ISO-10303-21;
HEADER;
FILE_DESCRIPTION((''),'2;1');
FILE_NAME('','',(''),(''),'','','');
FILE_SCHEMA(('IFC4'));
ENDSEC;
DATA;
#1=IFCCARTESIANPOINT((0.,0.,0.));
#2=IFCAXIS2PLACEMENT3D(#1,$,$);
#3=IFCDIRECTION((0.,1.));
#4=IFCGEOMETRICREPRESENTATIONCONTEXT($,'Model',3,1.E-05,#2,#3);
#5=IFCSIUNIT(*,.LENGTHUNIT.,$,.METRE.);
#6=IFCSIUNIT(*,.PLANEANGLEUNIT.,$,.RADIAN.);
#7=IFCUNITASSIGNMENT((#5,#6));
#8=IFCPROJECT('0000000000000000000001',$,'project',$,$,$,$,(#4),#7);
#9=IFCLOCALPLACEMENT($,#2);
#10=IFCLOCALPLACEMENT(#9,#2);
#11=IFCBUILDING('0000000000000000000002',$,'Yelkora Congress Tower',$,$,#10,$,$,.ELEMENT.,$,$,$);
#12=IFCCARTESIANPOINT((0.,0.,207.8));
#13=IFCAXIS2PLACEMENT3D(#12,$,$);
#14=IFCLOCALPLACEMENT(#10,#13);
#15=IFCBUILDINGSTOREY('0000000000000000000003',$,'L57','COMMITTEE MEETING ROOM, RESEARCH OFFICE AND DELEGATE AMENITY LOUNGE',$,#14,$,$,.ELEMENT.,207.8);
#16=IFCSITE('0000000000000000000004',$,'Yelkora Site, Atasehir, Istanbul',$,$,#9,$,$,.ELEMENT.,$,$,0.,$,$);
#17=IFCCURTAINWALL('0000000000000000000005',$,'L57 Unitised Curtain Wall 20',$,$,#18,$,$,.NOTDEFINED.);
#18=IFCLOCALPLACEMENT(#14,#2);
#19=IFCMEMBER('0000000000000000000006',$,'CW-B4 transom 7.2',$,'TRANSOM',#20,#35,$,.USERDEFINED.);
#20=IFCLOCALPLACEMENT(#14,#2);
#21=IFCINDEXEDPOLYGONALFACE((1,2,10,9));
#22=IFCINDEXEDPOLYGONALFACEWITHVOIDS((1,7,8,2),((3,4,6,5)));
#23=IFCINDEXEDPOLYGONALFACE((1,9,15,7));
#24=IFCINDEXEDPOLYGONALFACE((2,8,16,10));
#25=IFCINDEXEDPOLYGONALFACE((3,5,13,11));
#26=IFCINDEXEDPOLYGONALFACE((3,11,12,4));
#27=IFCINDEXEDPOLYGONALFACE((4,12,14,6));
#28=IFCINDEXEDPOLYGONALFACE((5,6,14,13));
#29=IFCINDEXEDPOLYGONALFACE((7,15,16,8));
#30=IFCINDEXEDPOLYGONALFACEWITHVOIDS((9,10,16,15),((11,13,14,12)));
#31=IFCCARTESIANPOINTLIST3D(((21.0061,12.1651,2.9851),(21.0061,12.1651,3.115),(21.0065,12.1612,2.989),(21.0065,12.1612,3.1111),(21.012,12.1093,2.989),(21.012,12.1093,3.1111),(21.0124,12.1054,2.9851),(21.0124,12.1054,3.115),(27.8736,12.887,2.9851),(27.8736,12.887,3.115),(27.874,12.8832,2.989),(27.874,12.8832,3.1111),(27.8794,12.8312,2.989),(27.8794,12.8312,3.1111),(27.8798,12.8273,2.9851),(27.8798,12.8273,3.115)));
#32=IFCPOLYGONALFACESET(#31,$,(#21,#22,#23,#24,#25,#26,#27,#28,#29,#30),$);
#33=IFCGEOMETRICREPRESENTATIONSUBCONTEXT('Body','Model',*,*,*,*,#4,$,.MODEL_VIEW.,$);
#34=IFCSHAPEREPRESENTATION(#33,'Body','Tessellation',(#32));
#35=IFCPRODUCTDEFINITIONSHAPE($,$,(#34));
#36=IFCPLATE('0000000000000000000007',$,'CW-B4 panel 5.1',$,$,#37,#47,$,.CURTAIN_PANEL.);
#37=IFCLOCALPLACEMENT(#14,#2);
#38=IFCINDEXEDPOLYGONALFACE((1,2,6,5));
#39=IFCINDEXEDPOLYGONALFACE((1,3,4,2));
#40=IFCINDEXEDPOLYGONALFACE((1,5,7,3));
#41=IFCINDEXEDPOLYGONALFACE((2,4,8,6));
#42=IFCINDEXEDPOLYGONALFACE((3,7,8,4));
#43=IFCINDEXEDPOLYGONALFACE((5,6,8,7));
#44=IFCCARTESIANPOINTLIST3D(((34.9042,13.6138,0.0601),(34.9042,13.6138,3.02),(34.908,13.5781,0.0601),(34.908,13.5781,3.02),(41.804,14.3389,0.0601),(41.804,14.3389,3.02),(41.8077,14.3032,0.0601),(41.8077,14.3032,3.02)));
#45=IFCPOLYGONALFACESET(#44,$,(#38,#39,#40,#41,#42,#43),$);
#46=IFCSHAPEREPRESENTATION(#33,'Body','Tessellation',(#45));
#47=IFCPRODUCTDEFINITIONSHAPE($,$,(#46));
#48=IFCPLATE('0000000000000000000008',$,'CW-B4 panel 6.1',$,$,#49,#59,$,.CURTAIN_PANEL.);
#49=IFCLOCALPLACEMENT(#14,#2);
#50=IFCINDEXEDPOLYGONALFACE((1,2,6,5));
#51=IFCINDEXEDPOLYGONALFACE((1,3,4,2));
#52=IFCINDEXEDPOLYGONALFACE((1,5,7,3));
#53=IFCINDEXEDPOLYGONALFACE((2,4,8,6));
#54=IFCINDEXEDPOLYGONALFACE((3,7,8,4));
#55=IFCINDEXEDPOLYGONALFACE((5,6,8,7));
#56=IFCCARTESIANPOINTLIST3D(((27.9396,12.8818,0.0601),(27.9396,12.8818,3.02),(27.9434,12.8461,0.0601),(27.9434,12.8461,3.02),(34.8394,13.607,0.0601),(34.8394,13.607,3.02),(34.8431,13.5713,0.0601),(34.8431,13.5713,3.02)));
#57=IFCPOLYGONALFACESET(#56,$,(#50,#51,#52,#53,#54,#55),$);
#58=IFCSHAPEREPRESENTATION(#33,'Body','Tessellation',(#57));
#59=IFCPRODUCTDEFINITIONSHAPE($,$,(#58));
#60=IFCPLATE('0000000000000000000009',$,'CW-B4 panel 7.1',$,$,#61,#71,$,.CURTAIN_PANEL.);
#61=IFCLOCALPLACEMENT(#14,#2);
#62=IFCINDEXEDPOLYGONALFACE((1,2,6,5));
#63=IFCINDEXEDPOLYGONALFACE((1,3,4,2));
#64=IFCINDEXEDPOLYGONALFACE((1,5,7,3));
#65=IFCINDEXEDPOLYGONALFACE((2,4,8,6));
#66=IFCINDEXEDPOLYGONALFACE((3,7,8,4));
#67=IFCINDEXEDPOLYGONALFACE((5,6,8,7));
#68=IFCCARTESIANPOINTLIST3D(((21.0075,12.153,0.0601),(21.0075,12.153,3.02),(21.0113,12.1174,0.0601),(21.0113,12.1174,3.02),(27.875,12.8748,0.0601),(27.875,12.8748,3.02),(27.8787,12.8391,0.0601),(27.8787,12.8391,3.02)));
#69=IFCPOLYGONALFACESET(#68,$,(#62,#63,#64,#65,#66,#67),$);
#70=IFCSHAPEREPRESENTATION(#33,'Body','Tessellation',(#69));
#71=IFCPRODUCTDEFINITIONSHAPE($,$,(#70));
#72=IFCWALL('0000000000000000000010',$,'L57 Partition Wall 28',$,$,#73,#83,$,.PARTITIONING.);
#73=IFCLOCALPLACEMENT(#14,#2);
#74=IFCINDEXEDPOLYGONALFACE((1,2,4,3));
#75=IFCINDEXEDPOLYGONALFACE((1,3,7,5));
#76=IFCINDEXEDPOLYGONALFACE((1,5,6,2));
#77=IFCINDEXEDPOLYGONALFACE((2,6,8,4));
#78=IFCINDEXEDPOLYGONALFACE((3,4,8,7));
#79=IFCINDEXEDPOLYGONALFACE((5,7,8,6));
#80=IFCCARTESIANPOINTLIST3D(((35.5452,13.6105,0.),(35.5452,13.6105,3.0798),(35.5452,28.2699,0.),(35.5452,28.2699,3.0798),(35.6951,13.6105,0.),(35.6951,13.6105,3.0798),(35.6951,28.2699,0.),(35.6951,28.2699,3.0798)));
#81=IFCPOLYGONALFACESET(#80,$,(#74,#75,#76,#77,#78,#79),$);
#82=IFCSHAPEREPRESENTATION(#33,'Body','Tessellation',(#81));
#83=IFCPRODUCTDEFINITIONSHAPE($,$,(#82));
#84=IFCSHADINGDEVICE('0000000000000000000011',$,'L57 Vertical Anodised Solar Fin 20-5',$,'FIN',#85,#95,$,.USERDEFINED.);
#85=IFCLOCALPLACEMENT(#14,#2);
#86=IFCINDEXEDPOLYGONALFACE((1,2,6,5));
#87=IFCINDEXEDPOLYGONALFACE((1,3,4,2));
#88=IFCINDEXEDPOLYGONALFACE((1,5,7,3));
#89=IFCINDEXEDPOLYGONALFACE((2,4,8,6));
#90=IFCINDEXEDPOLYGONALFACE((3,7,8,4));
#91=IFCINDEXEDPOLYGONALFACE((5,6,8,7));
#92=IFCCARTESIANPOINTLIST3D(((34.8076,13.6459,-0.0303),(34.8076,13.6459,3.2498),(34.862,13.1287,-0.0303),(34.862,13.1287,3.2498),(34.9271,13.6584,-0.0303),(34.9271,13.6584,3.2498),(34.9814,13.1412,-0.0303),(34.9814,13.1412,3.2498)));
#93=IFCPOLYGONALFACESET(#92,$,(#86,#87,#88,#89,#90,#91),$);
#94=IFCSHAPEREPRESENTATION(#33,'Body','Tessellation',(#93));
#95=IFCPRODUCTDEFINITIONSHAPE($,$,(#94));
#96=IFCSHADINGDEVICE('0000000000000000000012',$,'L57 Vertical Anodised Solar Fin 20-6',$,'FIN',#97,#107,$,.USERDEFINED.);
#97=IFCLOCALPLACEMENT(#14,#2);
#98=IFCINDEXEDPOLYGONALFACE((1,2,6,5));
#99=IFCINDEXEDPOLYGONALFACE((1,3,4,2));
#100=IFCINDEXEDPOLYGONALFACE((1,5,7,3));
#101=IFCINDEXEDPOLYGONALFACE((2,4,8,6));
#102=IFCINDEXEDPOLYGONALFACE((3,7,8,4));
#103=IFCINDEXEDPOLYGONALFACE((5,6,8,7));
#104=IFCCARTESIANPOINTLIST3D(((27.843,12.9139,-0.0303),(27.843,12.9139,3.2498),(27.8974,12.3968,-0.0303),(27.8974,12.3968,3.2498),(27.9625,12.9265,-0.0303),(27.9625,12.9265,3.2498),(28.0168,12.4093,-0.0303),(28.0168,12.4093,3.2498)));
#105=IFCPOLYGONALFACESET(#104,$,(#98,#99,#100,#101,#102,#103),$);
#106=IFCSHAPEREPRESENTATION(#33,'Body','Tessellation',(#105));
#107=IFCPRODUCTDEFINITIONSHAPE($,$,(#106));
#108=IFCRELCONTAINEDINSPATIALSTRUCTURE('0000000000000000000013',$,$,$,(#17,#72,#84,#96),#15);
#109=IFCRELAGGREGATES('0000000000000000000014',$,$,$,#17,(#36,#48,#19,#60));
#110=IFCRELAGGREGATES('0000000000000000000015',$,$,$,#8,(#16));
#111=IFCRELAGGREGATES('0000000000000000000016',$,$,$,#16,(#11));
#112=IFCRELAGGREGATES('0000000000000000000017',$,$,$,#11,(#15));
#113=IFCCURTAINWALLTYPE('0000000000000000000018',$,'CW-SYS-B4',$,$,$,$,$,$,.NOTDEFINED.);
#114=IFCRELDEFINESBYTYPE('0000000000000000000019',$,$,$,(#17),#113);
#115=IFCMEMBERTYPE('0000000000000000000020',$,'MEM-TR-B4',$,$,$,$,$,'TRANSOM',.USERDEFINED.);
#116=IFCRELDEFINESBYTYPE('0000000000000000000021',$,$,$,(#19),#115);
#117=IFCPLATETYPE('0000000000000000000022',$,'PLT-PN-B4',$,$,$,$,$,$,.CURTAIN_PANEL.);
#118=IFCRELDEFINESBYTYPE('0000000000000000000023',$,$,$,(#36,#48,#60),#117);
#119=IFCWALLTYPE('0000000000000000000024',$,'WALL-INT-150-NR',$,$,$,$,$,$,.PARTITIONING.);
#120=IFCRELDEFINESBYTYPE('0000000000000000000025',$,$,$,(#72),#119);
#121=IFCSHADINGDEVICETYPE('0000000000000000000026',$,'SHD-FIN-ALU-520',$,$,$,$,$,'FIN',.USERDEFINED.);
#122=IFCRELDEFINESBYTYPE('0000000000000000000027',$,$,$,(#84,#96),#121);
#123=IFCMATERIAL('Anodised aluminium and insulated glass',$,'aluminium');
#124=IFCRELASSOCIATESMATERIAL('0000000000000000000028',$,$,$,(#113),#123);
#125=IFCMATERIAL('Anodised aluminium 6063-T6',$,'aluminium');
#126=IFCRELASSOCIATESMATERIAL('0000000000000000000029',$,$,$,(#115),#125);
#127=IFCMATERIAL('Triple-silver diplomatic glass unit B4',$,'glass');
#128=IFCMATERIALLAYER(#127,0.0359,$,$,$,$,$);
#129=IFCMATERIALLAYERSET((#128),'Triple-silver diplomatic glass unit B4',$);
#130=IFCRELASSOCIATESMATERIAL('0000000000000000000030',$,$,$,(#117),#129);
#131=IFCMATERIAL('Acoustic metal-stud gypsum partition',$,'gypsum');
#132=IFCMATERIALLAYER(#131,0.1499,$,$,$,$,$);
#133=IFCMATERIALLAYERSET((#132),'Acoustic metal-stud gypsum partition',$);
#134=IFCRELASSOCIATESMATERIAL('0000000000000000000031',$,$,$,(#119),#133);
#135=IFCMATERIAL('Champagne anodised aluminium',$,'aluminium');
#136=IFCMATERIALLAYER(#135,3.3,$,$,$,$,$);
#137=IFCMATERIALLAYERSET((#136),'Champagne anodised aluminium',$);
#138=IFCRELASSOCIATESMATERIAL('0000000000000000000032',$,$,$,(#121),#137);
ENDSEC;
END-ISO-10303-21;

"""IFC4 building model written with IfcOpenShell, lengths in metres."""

from ifc_helpers import new_model, si_unit, direction, frame, frame_2d, origin, origin_2d, place, context, subcontext, project, spatial, rectangle, hollow_rectangle, extrude, material, layer, layer_set, material_profile, profile_set, type_object, element, aggregate, save


model = new_model("IFC4")

# Units and contexts
model_context = context("Model", 3, precision=1e-05, world=origin(), true_north=direction((0.0, 1.0)))
body_context = subcontext(model_context, "Body", "Model", "MODEL_VIEW")
ifc_project = project(units=[si_unit("LENGTHUNIT", "METRE"), si_unit("PLANEANGLEUNIT", "RADIAN")], contexts=[model_context])

# Site, building, storey
site_placement = place(None, origin())
site = spatial("IfcSite", under=ifc_project, at=site_placement, Name="Yelkora Site, Atasehir, Istanbul", CompositionType="ELEMENT", RefElevation=0.0)
building_placement = place(site_placement, origin())
building = spatial("IfcBuilding", under=site, at=building_placement, Name="Yelkora Congress Tower", CompositionType="ELEMENT")
storey_placement = place(building_placement, frame((0.0, 0.0, 207.8)))
storey = spatial("IfcBuildingStorey", under=building, at=storey_placement, Name="L57", Description="COMMITTEE MEETING ROOM, RESEARCH OFFICE AND DELEGATE AMENITY LOUNGE", CompositionType="ELEMENT", Elevation=207.8)

# Curtain wall, member, plates
ifc_material_1 = material(Name="Anodised aluminium and insulated glass", Category="aluminium")
curtain_wall_type = type_object("IfcCurtainWallType", Name="CW-SYS-B4", PredefinedType="NOTDEFINED", material=ifc_material_1)
curtain_wall_placement = place(storey_placement, origin())
curtain_wall = element("IfcCurtainWall", 1, at=curtain_wall_placement, inside=storey, type_object=curtain_wall_type, Name="L57 Unitised Curtain Wall 20", PredefinedType="NOTDEFINED")
ifc_material_2 = material(Name="Anodised aluminium 6063-T6", Category="aluminium")
ifc_material_profile_1 = material_profile(ifc_material_2, hollow_rectangle(XDim=0.0601, YDim=0.1299, WallThickness=0.0039, at=origin_2d()), Name="ALU 60x130x4")
ifc_profile_set_1 = profile_set([ifc_material_profile_1], Name="Anodised aluminium 6063-T6")
member_type_1 = type_object("IfcMemberType", Name="MEM-TR-B4", ElementType="TRANSOM", PredefinedType="USERDEFINED", material=ifc_profile_set_1)
member_1_placement = place(storey_placement, frame((27.8767, 12.8572, 3.05), z_axis=(-0.99452, -0.104547, 0.0), x_axis=(0.104547, -0.99452, 0.0)))
member_1 = element("IfcMember", 2, at=member_1_placement, type_object=member_type_1, Name="CW-B4 transom 7.2", ObjectType="TRANSOM", PredefinedType="USERDEFINED", context=body_context, shape_type="SweptSolid", body=[
    extrude(hollow_rectangle(XDim=0.0601, YDim=0.1299, WallThickness=0.0039, at=origin_2d()), origin(), (0.0, 0.0, 1.0), 6.9053),
])
ifc_material_3 = material(Name="Triple-silver diplomatic glass unit B4", Category="glass")
ifc_layer_1 = layer(ifc_material_3, 0.0359)
ifc_layer_set_1 = layer_set([ifc_layer_1], Name="Triple-silver diplomatic glass unit B4")
plate_type = type_object("IfcPlateType", Name="PLT-PN-B4", PredefinedType="CURTAIN_PANEL", material=ifc_layer_set_1)
plate_1_placement = place(storey_placement, frame((38.356, 13.9585, 0.0601), z_axis=(0.0, 0.0, 1.0), x_axis=(-0.994522, -0.104527, 0.0)))
plate_1 = element("IfcPlate", 3, at=plate_1_placement, type_object=plate_type, Name="CW-B4 panel 5.1", PredefinedType="CURTAIN_PANEL", context=body_context, shape_type="SweptSolid", body=[
    extrude(rectangle(XDim=6.9377, YDim=0.0359, at=origin_2d()), origin(), (0.0, 0.0, 1.0), 2.96),
])
plate_2_placement = place(storey_placement, frame((31.3914, 13.2266, 0.0601), z_axis=(0.0, 0.0, 1.0), x_axis=(-0.994522, -0.104527, 0.0)))
plate_2 = element("IfcPlate", 4, at=plate_2_placement, type_object=plate_type, Name="CW-B4 panel 6.1", PredefinedType="CURTAIN_PANEL", context=body_context, shape_type="SweptSolid", body=[
    extrude(rectangle(XDim=6.9377, YDim=0.0359, at=origin_2d()), origin(), (0.0, 0.0, 1.0), 2.96),
])
plate_3_placement = place(storey_placement, frame((24.4431, 12.4961, 0.0601), z_axis=(0.0, 0.0, 1.0), x_axis=(-0.994522, -0.104527, 0.0)))
plate_3 = element("IfcPlate", 5, at=plate_3_placement, type_object=plate_type, Name="CW-B4 panel 7.1", PredefinedType="CURTAIN_PANEL", context=body_context, shape_type="SweptSolid", body=[
    extrude(rectangle(XDim=6.9053, YDim=0.0359, at=origin_2d()), origin(), (0.0, 0.0, 1.0), 2.96),
])
aggregate(curtain_wall, [plate_1, plate_2, member_1, plate_3])

# Wall
ifc_material_4 = material(Name="Acoustic metal-stud gypsum partition", Category="gypsum")
ifc_layer_2 = layer(ifc_material_4, 0.1499)
ifc_layer_set_2 = layer_set([ifc_layer_2], Name="Acoustic metal-stud gypsum partition")
wall_type = type_object("IfcWallType", Name="WALL-INT-150-NR", PredefinedType="PARTITIONING", material=ifc_layer_set_2)
wall_placement = place(storey_placement, frame((35.6201, 13.6106, 0.0), z_axis=(0.0, 0.0, 1.0), x_axis=(0.0, 1.0, 0.0)))
element("IfcWall", 6, at=wall_placement, inside=storey, type_object=wall_type, Name="L57 Partition Wall 28", PredefinedType="PARTITIONING", context=body_context, shape_type="SweptSolid", body=[
    extrude(rectangle(XDim=14.6594, YDim=0.1499, at=frame_2d((7.3296, 0.0))), origin(), (0.0, 0.0, 1.0), 3.0798),
])

# Shading devices
ifc_material_5 = material(Name="Champagne anodised aluminium", Category="aluminium")
ifc_layer_3 = layer(ifc_material_5, 3.3)
ifc_layer_set_3 = layer_set([ifc_layer_3], Name="Champagne anodised aluminium")
shading_device_type = type_object("IfcShadingDeviceType", Name="SHD-FIN-ALU-520", ElementType="FIN", PredefinedType="USERDEFINED", material=ifc_layer_set_3)
for number, where, z_axis, x_axis, name in (
    (7, (34.8945, 13.3936, -0.0303), (0.0, 0.0, 1.0), (-0.994522, -0.104528, 0.0), "L57 Vertical Anodised Solar Fin 20-5"),
    (8, (27.9299, 12.6616, -0.0303), (0.0, 0.0, 1.0), (-0.994522, -0.104528, 0.0), "L57 Vertical Anodised Solar Fin 20-6"),
):
    element("IfcShadingDevice", number, at=place(storey_placement, frame(where, z_axis=z_axis, x_axis=x_axis)), inside=storey, type_object=shading_device_type, Name=name, ObjectType="FIN", PredefinedType="USERDEFINED", context=body_context, shape_type="SweptSolid", body=[
        extrude(rectangle(XDim=0.1201, YDim=0.52, at=origin_2d()), origin(), (0.0, 0.0, 1.0), 3.28),
    ])

save(model, "model.ifc")
